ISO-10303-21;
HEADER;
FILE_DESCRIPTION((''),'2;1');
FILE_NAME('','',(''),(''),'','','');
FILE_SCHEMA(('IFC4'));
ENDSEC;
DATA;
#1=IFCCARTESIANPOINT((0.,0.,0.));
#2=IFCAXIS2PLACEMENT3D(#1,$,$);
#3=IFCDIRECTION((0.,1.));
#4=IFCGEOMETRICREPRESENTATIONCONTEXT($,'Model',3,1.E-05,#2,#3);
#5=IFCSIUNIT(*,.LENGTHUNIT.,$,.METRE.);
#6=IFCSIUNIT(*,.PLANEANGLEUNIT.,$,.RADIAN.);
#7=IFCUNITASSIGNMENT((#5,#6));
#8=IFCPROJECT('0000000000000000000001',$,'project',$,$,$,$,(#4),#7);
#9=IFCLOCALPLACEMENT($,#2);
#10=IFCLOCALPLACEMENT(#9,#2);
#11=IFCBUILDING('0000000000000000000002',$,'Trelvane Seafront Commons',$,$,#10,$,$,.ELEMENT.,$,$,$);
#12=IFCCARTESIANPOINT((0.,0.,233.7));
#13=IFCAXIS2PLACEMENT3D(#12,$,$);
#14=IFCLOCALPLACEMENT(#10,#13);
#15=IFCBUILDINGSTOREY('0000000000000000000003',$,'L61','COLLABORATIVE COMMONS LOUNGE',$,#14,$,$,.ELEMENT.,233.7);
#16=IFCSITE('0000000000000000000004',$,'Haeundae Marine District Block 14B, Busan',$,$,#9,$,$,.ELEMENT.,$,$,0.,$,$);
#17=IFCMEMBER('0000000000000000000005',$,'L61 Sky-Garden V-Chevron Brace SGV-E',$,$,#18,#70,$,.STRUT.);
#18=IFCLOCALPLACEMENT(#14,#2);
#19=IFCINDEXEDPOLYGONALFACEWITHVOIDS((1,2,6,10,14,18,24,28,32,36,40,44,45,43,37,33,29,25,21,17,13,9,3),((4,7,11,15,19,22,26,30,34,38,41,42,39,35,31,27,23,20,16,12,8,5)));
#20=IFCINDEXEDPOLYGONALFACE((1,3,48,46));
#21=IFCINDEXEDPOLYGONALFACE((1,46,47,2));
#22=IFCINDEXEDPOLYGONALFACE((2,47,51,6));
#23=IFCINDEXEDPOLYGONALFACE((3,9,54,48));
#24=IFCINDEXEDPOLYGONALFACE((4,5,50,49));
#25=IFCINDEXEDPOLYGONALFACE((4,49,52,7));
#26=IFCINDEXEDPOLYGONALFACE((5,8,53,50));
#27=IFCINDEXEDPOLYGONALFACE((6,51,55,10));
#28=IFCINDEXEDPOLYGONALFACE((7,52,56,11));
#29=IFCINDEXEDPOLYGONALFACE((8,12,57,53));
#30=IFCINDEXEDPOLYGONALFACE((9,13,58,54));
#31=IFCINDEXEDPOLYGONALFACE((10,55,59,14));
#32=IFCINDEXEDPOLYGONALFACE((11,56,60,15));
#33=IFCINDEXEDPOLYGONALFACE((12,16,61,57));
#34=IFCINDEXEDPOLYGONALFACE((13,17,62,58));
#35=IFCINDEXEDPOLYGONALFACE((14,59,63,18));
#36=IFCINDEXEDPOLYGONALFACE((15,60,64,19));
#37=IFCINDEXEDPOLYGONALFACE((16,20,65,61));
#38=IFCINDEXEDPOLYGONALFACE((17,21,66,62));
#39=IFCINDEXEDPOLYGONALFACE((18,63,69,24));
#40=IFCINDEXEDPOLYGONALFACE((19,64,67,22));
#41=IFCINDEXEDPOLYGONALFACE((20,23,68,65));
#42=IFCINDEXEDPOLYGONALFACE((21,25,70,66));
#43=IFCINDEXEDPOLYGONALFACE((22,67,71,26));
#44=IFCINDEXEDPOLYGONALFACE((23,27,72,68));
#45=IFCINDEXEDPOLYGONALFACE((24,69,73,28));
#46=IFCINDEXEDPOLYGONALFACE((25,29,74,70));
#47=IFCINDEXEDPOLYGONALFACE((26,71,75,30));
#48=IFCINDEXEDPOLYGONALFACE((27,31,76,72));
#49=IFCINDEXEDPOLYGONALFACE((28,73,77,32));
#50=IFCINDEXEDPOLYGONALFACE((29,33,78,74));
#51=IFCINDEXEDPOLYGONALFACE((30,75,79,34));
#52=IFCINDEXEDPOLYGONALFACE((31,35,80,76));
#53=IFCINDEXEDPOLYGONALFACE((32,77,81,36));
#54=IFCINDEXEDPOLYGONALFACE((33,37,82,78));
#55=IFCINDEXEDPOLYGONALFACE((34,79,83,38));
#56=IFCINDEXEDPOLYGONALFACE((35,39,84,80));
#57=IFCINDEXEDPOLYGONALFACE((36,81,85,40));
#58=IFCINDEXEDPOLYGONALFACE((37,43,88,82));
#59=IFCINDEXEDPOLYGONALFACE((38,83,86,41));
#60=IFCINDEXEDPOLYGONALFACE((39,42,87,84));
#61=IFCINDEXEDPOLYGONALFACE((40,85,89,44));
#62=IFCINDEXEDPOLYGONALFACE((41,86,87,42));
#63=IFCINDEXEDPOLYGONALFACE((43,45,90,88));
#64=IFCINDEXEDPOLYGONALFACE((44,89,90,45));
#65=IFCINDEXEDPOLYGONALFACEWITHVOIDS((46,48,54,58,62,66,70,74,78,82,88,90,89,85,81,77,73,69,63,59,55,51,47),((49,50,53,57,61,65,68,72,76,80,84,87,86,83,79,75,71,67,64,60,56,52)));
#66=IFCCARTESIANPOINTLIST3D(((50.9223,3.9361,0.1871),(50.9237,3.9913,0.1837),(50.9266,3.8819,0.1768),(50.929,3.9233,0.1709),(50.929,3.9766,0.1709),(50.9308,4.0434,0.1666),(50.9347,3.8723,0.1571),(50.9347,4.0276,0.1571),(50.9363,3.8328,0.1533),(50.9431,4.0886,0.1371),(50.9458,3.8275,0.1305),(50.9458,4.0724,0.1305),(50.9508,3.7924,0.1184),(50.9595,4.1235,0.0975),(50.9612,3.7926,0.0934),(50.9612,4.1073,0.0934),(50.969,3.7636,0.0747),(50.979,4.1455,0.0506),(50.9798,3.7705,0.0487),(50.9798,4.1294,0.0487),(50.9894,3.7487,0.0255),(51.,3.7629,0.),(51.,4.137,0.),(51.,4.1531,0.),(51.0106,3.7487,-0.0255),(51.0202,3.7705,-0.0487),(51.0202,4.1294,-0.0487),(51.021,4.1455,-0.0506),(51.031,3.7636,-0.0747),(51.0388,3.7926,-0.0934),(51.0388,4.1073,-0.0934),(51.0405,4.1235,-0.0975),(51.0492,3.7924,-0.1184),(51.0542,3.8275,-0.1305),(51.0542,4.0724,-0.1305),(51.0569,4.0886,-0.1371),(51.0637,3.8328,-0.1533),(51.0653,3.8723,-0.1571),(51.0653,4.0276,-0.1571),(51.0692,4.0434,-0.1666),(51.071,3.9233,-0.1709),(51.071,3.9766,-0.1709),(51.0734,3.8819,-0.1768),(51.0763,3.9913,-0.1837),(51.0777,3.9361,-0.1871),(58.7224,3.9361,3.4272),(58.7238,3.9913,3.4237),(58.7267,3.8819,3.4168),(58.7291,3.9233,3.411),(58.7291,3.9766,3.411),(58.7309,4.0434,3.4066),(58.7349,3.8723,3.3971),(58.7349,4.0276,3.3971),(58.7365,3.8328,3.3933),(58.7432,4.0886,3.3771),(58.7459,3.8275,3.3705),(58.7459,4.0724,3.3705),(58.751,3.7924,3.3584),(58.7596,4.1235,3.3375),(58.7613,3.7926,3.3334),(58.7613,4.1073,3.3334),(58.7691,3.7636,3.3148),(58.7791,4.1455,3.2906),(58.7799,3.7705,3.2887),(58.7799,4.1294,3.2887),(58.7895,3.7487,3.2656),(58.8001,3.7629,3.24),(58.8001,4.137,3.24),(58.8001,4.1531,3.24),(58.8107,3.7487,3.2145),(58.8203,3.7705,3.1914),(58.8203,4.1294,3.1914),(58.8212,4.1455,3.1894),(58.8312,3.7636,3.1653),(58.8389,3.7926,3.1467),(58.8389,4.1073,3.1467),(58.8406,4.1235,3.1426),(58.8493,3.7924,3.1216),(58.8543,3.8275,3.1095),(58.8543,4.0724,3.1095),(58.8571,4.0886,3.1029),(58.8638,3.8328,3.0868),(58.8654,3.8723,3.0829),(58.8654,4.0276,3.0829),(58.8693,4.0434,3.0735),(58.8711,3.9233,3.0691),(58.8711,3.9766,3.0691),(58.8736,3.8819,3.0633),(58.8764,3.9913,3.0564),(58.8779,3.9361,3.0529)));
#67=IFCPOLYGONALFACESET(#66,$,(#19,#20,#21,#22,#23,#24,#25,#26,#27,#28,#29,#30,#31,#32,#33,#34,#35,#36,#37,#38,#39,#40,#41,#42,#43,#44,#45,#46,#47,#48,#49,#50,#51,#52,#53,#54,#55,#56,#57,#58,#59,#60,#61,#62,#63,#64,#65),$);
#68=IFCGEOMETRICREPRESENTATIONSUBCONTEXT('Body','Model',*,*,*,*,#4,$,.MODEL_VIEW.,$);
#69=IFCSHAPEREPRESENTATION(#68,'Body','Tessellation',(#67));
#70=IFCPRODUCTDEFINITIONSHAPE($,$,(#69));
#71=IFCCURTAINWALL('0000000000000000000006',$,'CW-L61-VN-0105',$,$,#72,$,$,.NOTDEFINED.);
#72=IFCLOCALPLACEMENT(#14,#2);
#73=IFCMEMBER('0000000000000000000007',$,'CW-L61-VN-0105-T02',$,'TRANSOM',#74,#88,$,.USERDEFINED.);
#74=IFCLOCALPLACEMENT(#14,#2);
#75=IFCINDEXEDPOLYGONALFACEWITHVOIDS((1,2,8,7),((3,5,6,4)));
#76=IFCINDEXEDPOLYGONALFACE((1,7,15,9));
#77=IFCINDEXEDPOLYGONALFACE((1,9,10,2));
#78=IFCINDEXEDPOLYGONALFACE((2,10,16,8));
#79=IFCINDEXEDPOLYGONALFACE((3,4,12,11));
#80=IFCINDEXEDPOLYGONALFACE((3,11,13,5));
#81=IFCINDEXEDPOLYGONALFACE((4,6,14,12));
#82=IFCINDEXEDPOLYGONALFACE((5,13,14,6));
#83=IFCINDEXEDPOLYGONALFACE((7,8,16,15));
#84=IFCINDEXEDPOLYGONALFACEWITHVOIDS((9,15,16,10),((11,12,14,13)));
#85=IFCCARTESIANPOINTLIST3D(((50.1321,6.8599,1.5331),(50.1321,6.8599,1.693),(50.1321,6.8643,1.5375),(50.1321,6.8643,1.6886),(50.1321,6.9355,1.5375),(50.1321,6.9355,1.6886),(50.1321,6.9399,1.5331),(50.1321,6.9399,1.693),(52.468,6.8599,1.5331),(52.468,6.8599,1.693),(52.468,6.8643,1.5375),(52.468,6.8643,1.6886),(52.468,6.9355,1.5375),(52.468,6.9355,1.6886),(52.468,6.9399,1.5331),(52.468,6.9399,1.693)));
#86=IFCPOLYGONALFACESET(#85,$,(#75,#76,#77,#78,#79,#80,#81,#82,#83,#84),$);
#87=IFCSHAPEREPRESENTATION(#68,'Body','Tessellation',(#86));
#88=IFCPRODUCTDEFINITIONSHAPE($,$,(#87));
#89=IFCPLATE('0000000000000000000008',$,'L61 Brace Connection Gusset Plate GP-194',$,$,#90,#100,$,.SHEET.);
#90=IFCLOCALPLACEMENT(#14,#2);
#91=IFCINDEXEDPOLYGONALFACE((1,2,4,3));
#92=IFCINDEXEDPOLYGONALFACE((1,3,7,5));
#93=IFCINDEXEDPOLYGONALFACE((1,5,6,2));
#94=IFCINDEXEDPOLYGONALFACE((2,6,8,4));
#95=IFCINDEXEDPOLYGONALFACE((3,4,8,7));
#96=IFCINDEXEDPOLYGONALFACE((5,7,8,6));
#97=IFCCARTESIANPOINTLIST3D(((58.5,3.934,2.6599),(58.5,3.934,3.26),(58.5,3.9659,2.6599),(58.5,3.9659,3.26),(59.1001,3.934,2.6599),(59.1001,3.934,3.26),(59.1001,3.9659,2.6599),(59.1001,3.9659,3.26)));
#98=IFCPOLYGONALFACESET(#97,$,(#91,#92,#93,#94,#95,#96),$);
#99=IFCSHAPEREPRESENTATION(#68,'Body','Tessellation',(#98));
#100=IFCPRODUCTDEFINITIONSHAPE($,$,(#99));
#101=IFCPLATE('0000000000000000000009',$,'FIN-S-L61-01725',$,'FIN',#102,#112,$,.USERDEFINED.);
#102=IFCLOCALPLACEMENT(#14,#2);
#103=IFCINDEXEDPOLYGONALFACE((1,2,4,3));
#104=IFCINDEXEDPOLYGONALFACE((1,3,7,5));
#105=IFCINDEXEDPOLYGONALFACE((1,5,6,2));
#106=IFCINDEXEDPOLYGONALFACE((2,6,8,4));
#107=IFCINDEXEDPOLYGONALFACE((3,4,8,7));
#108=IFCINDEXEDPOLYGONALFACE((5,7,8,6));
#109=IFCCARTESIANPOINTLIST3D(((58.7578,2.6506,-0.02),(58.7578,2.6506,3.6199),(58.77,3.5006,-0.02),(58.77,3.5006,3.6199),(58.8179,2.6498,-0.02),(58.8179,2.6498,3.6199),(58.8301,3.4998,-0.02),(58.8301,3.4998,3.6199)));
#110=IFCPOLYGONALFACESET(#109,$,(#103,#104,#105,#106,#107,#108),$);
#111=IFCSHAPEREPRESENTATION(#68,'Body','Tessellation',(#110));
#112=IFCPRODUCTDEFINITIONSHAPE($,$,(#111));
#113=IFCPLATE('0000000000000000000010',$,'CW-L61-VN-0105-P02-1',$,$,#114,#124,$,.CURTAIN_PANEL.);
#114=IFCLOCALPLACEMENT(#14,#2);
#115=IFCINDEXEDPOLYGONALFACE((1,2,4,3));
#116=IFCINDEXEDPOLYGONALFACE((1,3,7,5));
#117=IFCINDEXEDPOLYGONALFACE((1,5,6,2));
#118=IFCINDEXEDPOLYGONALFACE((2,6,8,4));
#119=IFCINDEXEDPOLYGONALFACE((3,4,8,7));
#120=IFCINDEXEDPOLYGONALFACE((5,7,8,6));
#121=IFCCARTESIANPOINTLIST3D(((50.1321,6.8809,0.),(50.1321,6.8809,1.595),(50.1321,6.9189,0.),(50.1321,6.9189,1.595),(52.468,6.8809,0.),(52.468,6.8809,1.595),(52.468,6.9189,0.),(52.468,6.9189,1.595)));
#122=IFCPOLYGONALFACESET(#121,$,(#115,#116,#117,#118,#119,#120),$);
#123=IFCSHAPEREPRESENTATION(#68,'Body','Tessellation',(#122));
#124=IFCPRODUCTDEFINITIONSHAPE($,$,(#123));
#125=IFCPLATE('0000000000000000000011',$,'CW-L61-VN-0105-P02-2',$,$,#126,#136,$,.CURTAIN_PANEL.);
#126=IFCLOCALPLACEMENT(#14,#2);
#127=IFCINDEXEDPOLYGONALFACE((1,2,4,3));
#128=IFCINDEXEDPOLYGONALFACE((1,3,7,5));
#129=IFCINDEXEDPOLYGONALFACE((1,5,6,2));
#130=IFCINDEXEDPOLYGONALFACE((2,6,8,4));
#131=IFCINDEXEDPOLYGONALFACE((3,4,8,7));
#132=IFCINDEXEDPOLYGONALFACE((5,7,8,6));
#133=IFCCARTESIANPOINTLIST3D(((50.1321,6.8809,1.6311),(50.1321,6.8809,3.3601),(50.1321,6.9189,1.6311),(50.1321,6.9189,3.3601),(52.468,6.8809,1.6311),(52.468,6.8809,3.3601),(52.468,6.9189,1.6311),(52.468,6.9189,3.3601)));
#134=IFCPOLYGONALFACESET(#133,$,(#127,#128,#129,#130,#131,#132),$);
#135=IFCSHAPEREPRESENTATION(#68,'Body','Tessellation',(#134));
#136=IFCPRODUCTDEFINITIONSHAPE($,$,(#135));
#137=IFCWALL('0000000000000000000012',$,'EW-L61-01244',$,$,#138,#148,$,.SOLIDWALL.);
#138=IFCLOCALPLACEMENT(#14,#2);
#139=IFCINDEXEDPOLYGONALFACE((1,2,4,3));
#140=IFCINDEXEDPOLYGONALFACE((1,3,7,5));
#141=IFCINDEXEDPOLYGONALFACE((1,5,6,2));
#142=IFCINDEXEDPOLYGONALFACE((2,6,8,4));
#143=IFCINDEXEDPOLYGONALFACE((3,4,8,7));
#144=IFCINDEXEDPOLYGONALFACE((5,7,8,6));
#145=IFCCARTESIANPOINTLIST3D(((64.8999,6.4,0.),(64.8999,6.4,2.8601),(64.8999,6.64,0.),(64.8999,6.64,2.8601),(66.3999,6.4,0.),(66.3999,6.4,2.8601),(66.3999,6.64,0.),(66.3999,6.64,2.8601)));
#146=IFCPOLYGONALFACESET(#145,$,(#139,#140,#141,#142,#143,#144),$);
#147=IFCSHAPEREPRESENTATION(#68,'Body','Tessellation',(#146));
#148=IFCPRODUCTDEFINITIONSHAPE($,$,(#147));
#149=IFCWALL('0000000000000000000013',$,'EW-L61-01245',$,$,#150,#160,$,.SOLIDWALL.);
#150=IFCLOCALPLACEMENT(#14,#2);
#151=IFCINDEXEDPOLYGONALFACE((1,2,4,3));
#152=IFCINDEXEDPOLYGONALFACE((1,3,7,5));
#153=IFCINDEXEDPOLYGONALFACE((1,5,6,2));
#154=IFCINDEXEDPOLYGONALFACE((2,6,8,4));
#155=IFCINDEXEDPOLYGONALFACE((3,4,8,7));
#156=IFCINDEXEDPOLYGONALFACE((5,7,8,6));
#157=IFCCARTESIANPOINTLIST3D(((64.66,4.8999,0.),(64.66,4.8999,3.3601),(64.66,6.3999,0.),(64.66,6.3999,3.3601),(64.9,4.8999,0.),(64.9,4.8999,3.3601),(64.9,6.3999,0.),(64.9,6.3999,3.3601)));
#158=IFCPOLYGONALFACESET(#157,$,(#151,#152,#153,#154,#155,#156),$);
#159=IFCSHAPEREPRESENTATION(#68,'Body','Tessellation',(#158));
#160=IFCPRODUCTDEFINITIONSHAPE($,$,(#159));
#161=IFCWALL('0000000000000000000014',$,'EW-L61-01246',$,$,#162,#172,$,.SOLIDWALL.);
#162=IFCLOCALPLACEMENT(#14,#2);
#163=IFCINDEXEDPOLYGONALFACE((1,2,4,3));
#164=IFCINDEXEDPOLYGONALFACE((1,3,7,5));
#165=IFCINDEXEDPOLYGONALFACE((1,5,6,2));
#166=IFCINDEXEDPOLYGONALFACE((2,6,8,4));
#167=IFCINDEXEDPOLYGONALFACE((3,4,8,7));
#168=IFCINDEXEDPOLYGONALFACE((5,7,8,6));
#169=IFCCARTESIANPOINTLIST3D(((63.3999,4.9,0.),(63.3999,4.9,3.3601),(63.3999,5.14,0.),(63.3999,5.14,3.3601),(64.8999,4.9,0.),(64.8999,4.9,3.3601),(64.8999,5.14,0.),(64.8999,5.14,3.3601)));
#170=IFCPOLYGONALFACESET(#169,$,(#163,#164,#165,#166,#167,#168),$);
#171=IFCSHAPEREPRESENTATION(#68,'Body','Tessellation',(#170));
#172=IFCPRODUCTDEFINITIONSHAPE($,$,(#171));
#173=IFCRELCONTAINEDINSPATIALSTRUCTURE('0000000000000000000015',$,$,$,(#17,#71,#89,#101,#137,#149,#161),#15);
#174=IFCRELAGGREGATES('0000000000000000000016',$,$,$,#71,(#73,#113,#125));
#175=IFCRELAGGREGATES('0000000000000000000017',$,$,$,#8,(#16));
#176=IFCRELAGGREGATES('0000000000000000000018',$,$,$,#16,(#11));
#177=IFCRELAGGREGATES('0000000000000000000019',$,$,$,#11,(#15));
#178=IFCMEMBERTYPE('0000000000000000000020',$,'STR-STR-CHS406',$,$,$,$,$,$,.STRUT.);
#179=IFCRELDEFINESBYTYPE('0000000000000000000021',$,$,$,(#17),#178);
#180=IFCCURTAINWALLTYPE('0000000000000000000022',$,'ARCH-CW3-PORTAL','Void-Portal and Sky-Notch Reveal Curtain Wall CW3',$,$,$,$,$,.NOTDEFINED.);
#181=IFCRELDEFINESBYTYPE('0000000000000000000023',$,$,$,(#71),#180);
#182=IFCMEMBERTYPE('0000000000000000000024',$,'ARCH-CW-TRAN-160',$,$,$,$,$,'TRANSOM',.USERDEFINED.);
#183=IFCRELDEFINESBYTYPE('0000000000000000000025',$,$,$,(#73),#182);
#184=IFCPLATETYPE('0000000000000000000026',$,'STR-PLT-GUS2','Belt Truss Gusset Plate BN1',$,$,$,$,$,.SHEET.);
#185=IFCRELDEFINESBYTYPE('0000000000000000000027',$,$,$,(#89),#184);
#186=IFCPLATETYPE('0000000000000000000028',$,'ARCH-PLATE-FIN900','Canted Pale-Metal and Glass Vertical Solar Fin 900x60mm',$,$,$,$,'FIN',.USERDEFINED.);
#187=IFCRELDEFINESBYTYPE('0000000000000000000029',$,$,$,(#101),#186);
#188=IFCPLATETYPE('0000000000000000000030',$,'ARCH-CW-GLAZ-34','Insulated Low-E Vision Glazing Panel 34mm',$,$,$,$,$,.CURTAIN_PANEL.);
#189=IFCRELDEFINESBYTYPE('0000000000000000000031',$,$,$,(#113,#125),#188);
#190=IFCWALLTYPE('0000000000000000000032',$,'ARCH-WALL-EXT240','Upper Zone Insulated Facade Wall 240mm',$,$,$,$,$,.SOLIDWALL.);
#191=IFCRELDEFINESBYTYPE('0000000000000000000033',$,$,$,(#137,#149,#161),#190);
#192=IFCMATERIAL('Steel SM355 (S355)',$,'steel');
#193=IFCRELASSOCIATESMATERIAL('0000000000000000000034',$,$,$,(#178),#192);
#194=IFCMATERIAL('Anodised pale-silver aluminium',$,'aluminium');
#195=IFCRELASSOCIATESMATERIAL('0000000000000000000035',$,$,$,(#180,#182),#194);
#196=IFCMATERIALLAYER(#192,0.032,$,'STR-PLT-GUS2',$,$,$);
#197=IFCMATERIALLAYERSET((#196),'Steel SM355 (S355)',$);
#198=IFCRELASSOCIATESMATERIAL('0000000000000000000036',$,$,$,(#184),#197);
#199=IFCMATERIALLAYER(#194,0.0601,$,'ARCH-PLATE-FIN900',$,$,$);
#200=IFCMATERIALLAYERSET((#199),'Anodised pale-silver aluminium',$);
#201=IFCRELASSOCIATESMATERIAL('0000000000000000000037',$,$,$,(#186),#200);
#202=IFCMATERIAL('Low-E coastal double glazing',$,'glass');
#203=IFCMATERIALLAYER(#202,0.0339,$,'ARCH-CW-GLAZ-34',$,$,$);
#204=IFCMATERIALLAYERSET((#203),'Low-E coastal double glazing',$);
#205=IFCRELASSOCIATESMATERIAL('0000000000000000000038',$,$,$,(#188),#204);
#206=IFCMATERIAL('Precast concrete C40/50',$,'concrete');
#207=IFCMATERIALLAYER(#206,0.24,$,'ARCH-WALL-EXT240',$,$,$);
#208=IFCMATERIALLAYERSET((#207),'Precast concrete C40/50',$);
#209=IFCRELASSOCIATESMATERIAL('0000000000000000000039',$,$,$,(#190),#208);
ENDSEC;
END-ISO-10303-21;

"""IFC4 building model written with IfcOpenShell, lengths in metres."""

from ifc_helpers import new_model, si_unit, direction, frame, frame_2d, origin, origin_2d, place, context, subcontext, project, spatial, rectangle, hollow_rectangle, hollow_circle, extrude, source, transform, mapped, material, layer, layer_set, material_profile, profile_set, type_object, element, aggregate, save


model = new_model("IFC4")

# Units and contexts
model_context = context("Model", 3, precision=1e-05, world=origin(), true_north=direction((0.0, 1.0)))
body_context = subcontext(model_context, "Body", "Model", "MODEL_VIEW")
ifc_project = project(units=[si_unit("LENGTHUNIT", "METRE"), si_unit("PLANEANGLEUNIT", "RADIAN")], contexts=[model_context])

# Site, building, storey
site_placement = place(None, origin())
site = spatial("IfcSite", under=ifc_project, at=site_placement, Name="Haeundae Marine District Block 14B, Busan", CompositionType="ELEMENT", RefElevation=0.0)
building_placement = place(site_placement, origin())
building = spatial("IfcBuilding", under=site, at=building_placement, Name="Trelvane Seafront Commons", CompositionType="ELEMENT")
storey_placement = place(building_placement, frame((0.0, 0.0, 233.7)))
storey = spatial("IfcBuildingStorey", under=building, at=storey_placement, Name="L61", Description="COLLABORATIVE COMMONS LOUNGE", CompositionType="ELEMENT", Elevation=233.7)

# Shared definitions
ifc_material_1 = material(Name="Steel SM355 (S355)", Category="steel")

# Member
ifc_material_profile_1 = material_profile(ifc_material_1, hollow_circle(Radius=0.2031, WallThickness=0.0161, at=origin_2d()), Name="CHS-406.4x16")
ifc_profile_set_1 = profile_set([ifc_material_profile_1], Name="Steel SM355 (S355)")
member_type_1 = type_object("IfcMemberType", Name="STR-STR-CHS406", PredefinedType="STRUT", material=ifc_profile_set_1)
shared_shape_1 = source(origin(), body_context, "Body", "SweptSolid", [
    extrude(hollow_circle(Radius=0.2031, WallThickness=0.0161, at=origin_2d()), origin(), (0.0, 0.0, 1.0), 8.4463),
])
member_1_placement = place(storey_placement, frame((51.0, 3.95, 0.0), z_axis=(0.923498, 0.0, 0.383603), x_axis=(0.0, 1.0, 0.0)))
element("IfcMember", 1, at=member_1_placement, inside=storey, type_object=member_type_1, Name="L61 Sky-Garden V-Chevron Brace SGV-E", PredefinedType="STRUT", context=body_context, shape_type="MappedRepresentation", body=[
    mapped(shared_shape_1, transform((0.0, 0.0, 0.0), x_axis=(1.0, 0.0, 0.0), y_axis=(0.0, 1.0, 0.0), z_axis=(0.0, 0.0, 1.0), scale=1.0)),
])

# Curtain wall, member
ifc_material_2 = material(Name="Anodised pale-silver aluminium", Category="aluminium")
curtain_wall_type = type_object("IfcCurtainWallType", Name="ARCH-CW3-PORTAL", Description="Void-Portal and Sky-Notch Reveal Curtain Wall CW3", PredefinedType="NOTDEFINED", material=ifc_material_2)
curtain_wall_placement = place(storey_placement, origin())
curtain_wall = element("IfcCurtainWall", 2, at=curtain_wall_placement, inside=storey, type_object=curtain_wall_type, Name="CW-L61-VN-0105", PredefinedType="NOTDEFINED")
ifc_material_profile_2 = material_profile(ifc_material_2, hollow_rectangle(XDim=0.0801, YDim=0.1599, WallThickness=0.0044, at=origin_2d()), Name="TRAN-80x160x4.5")
ifc_profile_set_2 = profile_set([ifc_material_profile_2], Name="Anodised pale-silver aluminium")
member_type_2 = type_object("IfcMemberType", Name="ARCH-CW-TRAN-160", ElementType="TRANSOM", PredefinedType="USERDEFINED", material=ifc_profile_set_2)
shared_shape_2 = source(origin(), body_context, "Body", "SweptSolid", [
    extrude(hollow_rectangle(XDim=0.0801, YDim=0.1599, WallThickness=0.0044, at=origin_2d()), origin(), (0.0, 0.0, 1.0), 2.3359),
])
member_2_placement = place(storey_placement, frame((52.468, 6.8999, 1.613), z_axis=(-1.0, 0.0, 0.0), x_axis=(0.0, -1.0, 0.0)))
member_2 = element("IfcMember", 3, at=member_2_placement, type_object=member_type_2, Name="CW-L61-VN-0105-T02", ObjectType="TRANSOM", PredefinedType="USERDEFINED", context=body_context, shape_type="MappedRepresentation", body=[
    mapped(shared_shape_2, transform((0.0, 0.0, 0.0), x_axis=(1.0, 0.0, 0.0), y_axis=(0.0, 1.0, 0.0), z_axis=(0.0, 0.0, 1.0), scale=1.0)),
])

# Plates
ifc_layer_1 = layer(ifc_material_1, 0.032, Name="STR-PLT-GUS2")
ifc_layer_set_1 = layer_set([ifc_layer_1], Name="Steel SM355 (S355)")
plate_type_1 = type_object("IfcPlateType", Name="STR-PLT-GUS2", Description="Belt Truss Gusset Plate BN1", PredefinedType="SHEET", material=ifc_layer_set_1)
shared_shape_3 = source(origin(), body_context, "Body", "SweptSolid", [
    extrude(rectangle(XDim=0.6001, YDim=0.032, at=origin_2d()), origin(), (0.0, 0.0, 1.0), 0.6001),
])
plate_1_placement = place(storey_placement, frame((58.8, 3.95, 2.6599), z_axis=(0.0, 0.0, 1.0), x_axis=(1.0, 0.0, 0.0)))
element("IfcPlate", 4, at=plate_1_placement, inside=storey, type_object=plate_type_1, Name="L61 Brace Connection Gusset Plate GP-194", PredefinedType="SHEET", context=body_context, shape_type="MappedRepresentation", body=[
    mapped(shared_shape_3, transform((0.0, 0.0, 0.0), x_axis=(1.0, 0.0, 0.0), y_axis=(0.0, 1.0, 0.0), z_axis=(0.0, 0.0, 1.0), scale=1.0)),
])
ifc_layer_2 = layer(ifc_material_2, 0.0601, Name="ARCH-PLATE-FIN900")
ifc_layer_set_2 = layer_set([ifc_layer_2], Name="Anodised pale-silver aluminium")
plate_type_2 = type_object("IfcPlateType", Name="ARCH-PLATE-FIN900", Description="Canted Pale-Metal and Glass Vertical Solar Fin 900x60mm", ElementType="FIN", PredefinedType="USERDEFINED", material=ifc_layer_set_2)
shared_shape_4 = source(origin(), body_context, "Body", "SweptSolid", [
    extrude(rectangle(XDim=0.8501, YDim=0.0601, at=origin_2d()), origin(), (0.0, 0.0, 1.0), 3.6399),
])
plate_2_placement = place(storey_placement, frame((58.7939, 3.0752, -0.02), z_axis=(0.0, 0.0, 1.0), x_axis=(-0.014353, -0.999897, 0.0)))
element("IfcPlate", 5, at=plate_2_placement, inside=storey, type_object=plate_type_2, Name="FIN-S-L61-01725", ObjectType="FIN", PredefinedType="USERDEFINED", context=body_context, shape_type="MappedRepresentation", body=[
    mapped(shared_shape_4, transform((0.0, 0.0, 0.0), x_axis=(1.0, 0.0, 0.0), y_axis=(0.0, 1.0, 0.0), z_axis=(0.0, 0.0, 1.0), scale=1.0)),
])

# Plates
ifc_material_3 = material(Name="Low-E coastal double glazing", Category="glass")
ifc_layer_3 = layer(ifc_material_3, 0.0339, Name="ARCH-CW-GLAZ-34")
ifc_layer_set_3 = layer_set([ifc_layer_3], Name="Low-E coastal double glazing")
plate_type_3 = type_object("IfcPlateType", Name="ARCH-CW-GLAZ-34", Description="Insulated Low-E Vision Glazing Panel 34mm", PredefinedType="CURTAIN_PANEL", material=ifc_layer_set_3)
shared_shape_5 = source(origin(), body_context, "Body", "SweptSolid", [
    extrude(rectangle(XDim=2.3359, YDim=0.0381, at=origin_2d()), origin(), (0.0, 0.0, 1.0), 1.595),
])
plate_3_placement = place(storey_placement, frame((51.3, 6.8999, 0.0), z_axis=(0.0, 0.0, 1.0), x_axis=(-1.0, 0.0, 0.0)))
plate_3 = element("IfcPlate", 6, at=plate_3_placement, type_object=plate_type_3, Name="CW-L61-VN-0105-P02-1", PredefinedType="CURTAIN_PANEL", context=body_context, shape_type="MappedRepresentation", body=[
    mapped(shared_shape_5, transform((0.0, 0.0, 0.0), x_axis=(1.0, 0.0, 0.0), y_axis=(0.0, 1.0, 0.0), z_axis=(0.0, 0.0, 1.0), scale=1.0)),
])
shared_shape_6 = source(origin(), body_context, "Body", "SweptSolid", [
    extrude(rectangle(XDim=2.3359, YDim=0.0381, at=origin_2d()), origin(), (0.0, 0.0, 1.0), 1.729),
])
plate_4_placement = place(storey_placement, frame((51.3, 6.8999, 1.6311), z_axis=(0.0, 0.0, 1.0), x_axis=(-1.0, 0.0, 0.0)))
plate_4 = element("IfcPlate", 7, at=plate_4_placement, type_object=plate_type_3, Name="CW-L61-VN-0105-P02-2", PredefinedType="CURTAIN_PANEL", context=body_context, shape_type="MappedRepresentation", body=[
    mapped(shared_shape_6, transform((0.0, 0.0, 0.0), x_axis=(1.0, 0.0, 0.0), y_axis=(0.0, 1.0, 0.0), z_axis=(0.0, 0.0, 1.0), scale=1.0)),
])
aggregate(curtain_wall, [member_2, plate_3, plate_4])

# Walls
ifc_material_4 = material(Name="Precast concrete C40/50", Category="concrete")
ifc_layer_4 = layer(ifc_material_4, 0.24, Name="ARCH-WALL-EXT240")
ifc_layer_set_4 = layer_set([ifc_layer_4], Name="Precast concrete C40/50")
wall_type_1 = type_object("IfcWallType", Name="ARCH-WALL-EXT240", Description="Upper Zone Insulated Facade Wall 240mm", PredefinedType="SOLIDWALL", material=ifc_layer_set_4)
wall_1_placement = place(storey_placement, frame((66.3999, 6.52, 0.0), z_axis=(0.0, 0.0, 1.0), x_axis=(-1.0, 0.0, 0.0)))
element("IfcWall", 8, at=wall_1_placement, inside=storey, type_object=wall_type_1, Name="EW-L61-01244", PredefinedType="SOLIDWALL", context=body_context, shape_type="SweptSolid", body=[
    extrude(rectangle(XDim=1.5, YDim=0.24, at=frame_2d((0.75, 0.0))), origin(), (0.0, 0.0, 1.0), 2.8601),
])
for number, where, z_axis, x_axis, name in (
    (9, (64.78, 6.3999, 0.0), (0.0, 0.0, 1.0), (0.0, -1.0, 0.0), "EW-L61-01245"),
    (10, (64.8999, 5.02, 0.0), (0.0, 0.0, 1.0), (-1.0, 0.0, 0.0), "EW-L61-01246"),
):
    element("IfcWall", number, at=place(storey_placement, frame(where, z_axis=z_axis, x_axis=x_axis)), inside=storey, type_object=wall_type_1, Name=name, PredefinedType="SOLIDWALL", context=body_context, shape_type="SweptSolid", body=[
        extrude(rectangle(XDim=1.5, YDim=0.24, at=frame_2d((0.75, 0.0))), origin(), (0.0, 0.0, 1.0), 3.3601),
    ])

save(model, "model.ifc")
